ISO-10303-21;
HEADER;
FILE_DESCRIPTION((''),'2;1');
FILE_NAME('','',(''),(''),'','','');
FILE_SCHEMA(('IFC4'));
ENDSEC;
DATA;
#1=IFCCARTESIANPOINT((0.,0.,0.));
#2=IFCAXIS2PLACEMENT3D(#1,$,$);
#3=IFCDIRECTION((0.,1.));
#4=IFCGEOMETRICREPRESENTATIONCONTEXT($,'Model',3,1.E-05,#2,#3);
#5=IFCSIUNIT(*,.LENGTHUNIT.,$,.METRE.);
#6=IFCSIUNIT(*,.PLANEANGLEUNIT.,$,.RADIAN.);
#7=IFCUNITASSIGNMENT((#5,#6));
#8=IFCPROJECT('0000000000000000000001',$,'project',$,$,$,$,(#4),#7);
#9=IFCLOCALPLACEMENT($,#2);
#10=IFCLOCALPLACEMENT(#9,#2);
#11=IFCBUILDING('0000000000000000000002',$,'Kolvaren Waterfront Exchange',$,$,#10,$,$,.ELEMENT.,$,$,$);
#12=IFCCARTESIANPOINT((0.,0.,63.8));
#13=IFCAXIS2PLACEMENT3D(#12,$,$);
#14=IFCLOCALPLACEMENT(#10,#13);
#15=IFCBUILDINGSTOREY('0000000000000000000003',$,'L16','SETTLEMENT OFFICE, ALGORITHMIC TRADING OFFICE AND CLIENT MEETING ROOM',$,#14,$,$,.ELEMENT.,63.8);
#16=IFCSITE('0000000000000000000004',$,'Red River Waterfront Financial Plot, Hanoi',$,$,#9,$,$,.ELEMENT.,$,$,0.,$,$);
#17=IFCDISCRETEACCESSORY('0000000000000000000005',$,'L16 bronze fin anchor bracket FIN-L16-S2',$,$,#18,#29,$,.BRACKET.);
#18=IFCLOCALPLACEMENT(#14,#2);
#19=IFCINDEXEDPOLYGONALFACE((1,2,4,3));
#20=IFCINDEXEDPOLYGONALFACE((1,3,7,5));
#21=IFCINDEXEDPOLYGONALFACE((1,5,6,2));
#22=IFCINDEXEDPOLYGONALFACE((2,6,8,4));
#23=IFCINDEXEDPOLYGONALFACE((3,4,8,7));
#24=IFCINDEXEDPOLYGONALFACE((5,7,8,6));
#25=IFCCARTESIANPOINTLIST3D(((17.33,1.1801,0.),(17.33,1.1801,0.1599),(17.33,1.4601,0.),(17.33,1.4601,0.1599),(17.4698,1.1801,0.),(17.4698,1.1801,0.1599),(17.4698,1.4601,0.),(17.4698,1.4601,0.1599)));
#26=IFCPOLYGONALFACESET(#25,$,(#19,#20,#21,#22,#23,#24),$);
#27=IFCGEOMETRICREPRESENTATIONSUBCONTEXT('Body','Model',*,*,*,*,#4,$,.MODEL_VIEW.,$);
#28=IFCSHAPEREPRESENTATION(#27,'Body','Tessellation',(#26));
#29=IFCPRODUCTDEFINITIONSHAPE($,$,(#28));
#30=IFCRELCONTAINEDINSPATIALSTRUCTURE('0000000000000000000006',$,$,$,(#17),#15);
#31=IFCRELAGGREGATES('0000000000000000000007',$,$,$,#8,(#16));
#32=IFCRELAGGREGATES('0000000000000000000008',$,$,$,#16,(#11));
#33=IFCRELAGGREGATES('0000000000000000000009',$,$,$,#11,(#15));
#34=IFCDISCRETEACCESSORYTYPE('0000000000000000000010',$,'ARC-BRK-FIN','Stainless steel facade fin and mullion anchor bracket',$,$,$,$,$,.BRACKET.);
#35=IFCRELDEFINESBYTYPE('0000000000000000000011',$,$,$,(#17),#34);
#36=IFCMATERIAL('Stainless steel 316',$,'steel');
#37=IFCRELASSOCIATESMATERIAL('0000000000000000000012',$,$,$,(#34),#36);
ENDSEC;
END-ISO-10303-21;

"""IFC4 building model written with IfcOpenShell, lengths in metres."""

from ifc_helpers import new_model, si_unit, direction, frame, origin, origin_with_axes, origin_2d, place, context, subcontext, project, spatial, rectangle, extrude, source, transform, mapped, material, type_object, element, save


model = new_model("IFC4")

# Units and contexts
model_context = context("Model", 3, precision=1e-05, world=origin(), true_north=direction((0.0, 1.0)))
body_context = subcontext(model_context, "Body", "Model", "MODEL_VIEW")
ifc_project = project(units=[si_unit("LENGTHUNIT", "METRE"), si_unit("PLANEANGLEUNIT", "RADIAN")], contexts=[model_context])

# Site, building, storey
site_placement = place(None, origin())
site = spatial("IfcSite", under=ifc_project, at=site_placement, Name="Red River Waterfront Financial Plot, Hanoi", CompositionType="ELEMENT", RefElevation=0.0)
building_placement = place(site_placement, origin())
building = spatial("IfcBuilding", under=site, at=building_placement, Name="Kolvaren Waterfront Exchange", CompositionType="ELEMENT")
storey_placement = place(building_placement, frame((0.0, 0.0, 63.8)))
storey = spatial("IfcBuildingStorey", under=building, at=storey_placement, Name="L16", Description="SETTLEMENT OFFICE, ALGORITHMIC TRADING OFFICE AND CLIENT MEETING ROOM", CompositionType="ELEMENT", Elevation=63.8)

# Shared definitions
ifc_material_1 = material(Name="Stainless steel 316", Category="steel")

# Discrete accessory
discrete_accessory_type = type_object("IfcDiscreteAccessoryType", Name="ARC-BRK-FIN", Description="Stainless steel facade fin and mullion anchor bracket", PredefinedType="BRACKET", material=ifc_material_1)
shared_shape_1 = source(origin_with_axes(), body_context, "Body", "SweptSolid", [
    extrude(rectangle(XDim=0.28, YDim=0.1399, at=origin_2d()), origin(), (0.0, 0.0, 1.0), 0.1599),
])
for number, where, z_axis, x_axis, name in (
    (1, (17.3999, 1.3201, 0.0), (0.0, 0.0, 1.0), (0.0, -1.0, 0.0), "L16 bronze fin anchor bracket FIN-L16-S2"),
):
    element("IfcDiscreteAccessory", number, at=place(storey_placement, frame(where, z_axis=z_axis, x_axis=x_axis)), inside=storey, type_object=discrete_accessory_type, Name=name, PredefinedType="BRACKET", context=body_context, shape_type="MappedRepresentation", body=[
        mapped(shared_shape_1, transform((0.0, 0.0, 0.0), x_axis=(1.0, 0.0, 0.0), y_axis=(0.0, 1.0, 0.0), z_axis=(0.0, 0.0, 1.0), scale=1.0)),
    ])

save(model, "model.ifc")
